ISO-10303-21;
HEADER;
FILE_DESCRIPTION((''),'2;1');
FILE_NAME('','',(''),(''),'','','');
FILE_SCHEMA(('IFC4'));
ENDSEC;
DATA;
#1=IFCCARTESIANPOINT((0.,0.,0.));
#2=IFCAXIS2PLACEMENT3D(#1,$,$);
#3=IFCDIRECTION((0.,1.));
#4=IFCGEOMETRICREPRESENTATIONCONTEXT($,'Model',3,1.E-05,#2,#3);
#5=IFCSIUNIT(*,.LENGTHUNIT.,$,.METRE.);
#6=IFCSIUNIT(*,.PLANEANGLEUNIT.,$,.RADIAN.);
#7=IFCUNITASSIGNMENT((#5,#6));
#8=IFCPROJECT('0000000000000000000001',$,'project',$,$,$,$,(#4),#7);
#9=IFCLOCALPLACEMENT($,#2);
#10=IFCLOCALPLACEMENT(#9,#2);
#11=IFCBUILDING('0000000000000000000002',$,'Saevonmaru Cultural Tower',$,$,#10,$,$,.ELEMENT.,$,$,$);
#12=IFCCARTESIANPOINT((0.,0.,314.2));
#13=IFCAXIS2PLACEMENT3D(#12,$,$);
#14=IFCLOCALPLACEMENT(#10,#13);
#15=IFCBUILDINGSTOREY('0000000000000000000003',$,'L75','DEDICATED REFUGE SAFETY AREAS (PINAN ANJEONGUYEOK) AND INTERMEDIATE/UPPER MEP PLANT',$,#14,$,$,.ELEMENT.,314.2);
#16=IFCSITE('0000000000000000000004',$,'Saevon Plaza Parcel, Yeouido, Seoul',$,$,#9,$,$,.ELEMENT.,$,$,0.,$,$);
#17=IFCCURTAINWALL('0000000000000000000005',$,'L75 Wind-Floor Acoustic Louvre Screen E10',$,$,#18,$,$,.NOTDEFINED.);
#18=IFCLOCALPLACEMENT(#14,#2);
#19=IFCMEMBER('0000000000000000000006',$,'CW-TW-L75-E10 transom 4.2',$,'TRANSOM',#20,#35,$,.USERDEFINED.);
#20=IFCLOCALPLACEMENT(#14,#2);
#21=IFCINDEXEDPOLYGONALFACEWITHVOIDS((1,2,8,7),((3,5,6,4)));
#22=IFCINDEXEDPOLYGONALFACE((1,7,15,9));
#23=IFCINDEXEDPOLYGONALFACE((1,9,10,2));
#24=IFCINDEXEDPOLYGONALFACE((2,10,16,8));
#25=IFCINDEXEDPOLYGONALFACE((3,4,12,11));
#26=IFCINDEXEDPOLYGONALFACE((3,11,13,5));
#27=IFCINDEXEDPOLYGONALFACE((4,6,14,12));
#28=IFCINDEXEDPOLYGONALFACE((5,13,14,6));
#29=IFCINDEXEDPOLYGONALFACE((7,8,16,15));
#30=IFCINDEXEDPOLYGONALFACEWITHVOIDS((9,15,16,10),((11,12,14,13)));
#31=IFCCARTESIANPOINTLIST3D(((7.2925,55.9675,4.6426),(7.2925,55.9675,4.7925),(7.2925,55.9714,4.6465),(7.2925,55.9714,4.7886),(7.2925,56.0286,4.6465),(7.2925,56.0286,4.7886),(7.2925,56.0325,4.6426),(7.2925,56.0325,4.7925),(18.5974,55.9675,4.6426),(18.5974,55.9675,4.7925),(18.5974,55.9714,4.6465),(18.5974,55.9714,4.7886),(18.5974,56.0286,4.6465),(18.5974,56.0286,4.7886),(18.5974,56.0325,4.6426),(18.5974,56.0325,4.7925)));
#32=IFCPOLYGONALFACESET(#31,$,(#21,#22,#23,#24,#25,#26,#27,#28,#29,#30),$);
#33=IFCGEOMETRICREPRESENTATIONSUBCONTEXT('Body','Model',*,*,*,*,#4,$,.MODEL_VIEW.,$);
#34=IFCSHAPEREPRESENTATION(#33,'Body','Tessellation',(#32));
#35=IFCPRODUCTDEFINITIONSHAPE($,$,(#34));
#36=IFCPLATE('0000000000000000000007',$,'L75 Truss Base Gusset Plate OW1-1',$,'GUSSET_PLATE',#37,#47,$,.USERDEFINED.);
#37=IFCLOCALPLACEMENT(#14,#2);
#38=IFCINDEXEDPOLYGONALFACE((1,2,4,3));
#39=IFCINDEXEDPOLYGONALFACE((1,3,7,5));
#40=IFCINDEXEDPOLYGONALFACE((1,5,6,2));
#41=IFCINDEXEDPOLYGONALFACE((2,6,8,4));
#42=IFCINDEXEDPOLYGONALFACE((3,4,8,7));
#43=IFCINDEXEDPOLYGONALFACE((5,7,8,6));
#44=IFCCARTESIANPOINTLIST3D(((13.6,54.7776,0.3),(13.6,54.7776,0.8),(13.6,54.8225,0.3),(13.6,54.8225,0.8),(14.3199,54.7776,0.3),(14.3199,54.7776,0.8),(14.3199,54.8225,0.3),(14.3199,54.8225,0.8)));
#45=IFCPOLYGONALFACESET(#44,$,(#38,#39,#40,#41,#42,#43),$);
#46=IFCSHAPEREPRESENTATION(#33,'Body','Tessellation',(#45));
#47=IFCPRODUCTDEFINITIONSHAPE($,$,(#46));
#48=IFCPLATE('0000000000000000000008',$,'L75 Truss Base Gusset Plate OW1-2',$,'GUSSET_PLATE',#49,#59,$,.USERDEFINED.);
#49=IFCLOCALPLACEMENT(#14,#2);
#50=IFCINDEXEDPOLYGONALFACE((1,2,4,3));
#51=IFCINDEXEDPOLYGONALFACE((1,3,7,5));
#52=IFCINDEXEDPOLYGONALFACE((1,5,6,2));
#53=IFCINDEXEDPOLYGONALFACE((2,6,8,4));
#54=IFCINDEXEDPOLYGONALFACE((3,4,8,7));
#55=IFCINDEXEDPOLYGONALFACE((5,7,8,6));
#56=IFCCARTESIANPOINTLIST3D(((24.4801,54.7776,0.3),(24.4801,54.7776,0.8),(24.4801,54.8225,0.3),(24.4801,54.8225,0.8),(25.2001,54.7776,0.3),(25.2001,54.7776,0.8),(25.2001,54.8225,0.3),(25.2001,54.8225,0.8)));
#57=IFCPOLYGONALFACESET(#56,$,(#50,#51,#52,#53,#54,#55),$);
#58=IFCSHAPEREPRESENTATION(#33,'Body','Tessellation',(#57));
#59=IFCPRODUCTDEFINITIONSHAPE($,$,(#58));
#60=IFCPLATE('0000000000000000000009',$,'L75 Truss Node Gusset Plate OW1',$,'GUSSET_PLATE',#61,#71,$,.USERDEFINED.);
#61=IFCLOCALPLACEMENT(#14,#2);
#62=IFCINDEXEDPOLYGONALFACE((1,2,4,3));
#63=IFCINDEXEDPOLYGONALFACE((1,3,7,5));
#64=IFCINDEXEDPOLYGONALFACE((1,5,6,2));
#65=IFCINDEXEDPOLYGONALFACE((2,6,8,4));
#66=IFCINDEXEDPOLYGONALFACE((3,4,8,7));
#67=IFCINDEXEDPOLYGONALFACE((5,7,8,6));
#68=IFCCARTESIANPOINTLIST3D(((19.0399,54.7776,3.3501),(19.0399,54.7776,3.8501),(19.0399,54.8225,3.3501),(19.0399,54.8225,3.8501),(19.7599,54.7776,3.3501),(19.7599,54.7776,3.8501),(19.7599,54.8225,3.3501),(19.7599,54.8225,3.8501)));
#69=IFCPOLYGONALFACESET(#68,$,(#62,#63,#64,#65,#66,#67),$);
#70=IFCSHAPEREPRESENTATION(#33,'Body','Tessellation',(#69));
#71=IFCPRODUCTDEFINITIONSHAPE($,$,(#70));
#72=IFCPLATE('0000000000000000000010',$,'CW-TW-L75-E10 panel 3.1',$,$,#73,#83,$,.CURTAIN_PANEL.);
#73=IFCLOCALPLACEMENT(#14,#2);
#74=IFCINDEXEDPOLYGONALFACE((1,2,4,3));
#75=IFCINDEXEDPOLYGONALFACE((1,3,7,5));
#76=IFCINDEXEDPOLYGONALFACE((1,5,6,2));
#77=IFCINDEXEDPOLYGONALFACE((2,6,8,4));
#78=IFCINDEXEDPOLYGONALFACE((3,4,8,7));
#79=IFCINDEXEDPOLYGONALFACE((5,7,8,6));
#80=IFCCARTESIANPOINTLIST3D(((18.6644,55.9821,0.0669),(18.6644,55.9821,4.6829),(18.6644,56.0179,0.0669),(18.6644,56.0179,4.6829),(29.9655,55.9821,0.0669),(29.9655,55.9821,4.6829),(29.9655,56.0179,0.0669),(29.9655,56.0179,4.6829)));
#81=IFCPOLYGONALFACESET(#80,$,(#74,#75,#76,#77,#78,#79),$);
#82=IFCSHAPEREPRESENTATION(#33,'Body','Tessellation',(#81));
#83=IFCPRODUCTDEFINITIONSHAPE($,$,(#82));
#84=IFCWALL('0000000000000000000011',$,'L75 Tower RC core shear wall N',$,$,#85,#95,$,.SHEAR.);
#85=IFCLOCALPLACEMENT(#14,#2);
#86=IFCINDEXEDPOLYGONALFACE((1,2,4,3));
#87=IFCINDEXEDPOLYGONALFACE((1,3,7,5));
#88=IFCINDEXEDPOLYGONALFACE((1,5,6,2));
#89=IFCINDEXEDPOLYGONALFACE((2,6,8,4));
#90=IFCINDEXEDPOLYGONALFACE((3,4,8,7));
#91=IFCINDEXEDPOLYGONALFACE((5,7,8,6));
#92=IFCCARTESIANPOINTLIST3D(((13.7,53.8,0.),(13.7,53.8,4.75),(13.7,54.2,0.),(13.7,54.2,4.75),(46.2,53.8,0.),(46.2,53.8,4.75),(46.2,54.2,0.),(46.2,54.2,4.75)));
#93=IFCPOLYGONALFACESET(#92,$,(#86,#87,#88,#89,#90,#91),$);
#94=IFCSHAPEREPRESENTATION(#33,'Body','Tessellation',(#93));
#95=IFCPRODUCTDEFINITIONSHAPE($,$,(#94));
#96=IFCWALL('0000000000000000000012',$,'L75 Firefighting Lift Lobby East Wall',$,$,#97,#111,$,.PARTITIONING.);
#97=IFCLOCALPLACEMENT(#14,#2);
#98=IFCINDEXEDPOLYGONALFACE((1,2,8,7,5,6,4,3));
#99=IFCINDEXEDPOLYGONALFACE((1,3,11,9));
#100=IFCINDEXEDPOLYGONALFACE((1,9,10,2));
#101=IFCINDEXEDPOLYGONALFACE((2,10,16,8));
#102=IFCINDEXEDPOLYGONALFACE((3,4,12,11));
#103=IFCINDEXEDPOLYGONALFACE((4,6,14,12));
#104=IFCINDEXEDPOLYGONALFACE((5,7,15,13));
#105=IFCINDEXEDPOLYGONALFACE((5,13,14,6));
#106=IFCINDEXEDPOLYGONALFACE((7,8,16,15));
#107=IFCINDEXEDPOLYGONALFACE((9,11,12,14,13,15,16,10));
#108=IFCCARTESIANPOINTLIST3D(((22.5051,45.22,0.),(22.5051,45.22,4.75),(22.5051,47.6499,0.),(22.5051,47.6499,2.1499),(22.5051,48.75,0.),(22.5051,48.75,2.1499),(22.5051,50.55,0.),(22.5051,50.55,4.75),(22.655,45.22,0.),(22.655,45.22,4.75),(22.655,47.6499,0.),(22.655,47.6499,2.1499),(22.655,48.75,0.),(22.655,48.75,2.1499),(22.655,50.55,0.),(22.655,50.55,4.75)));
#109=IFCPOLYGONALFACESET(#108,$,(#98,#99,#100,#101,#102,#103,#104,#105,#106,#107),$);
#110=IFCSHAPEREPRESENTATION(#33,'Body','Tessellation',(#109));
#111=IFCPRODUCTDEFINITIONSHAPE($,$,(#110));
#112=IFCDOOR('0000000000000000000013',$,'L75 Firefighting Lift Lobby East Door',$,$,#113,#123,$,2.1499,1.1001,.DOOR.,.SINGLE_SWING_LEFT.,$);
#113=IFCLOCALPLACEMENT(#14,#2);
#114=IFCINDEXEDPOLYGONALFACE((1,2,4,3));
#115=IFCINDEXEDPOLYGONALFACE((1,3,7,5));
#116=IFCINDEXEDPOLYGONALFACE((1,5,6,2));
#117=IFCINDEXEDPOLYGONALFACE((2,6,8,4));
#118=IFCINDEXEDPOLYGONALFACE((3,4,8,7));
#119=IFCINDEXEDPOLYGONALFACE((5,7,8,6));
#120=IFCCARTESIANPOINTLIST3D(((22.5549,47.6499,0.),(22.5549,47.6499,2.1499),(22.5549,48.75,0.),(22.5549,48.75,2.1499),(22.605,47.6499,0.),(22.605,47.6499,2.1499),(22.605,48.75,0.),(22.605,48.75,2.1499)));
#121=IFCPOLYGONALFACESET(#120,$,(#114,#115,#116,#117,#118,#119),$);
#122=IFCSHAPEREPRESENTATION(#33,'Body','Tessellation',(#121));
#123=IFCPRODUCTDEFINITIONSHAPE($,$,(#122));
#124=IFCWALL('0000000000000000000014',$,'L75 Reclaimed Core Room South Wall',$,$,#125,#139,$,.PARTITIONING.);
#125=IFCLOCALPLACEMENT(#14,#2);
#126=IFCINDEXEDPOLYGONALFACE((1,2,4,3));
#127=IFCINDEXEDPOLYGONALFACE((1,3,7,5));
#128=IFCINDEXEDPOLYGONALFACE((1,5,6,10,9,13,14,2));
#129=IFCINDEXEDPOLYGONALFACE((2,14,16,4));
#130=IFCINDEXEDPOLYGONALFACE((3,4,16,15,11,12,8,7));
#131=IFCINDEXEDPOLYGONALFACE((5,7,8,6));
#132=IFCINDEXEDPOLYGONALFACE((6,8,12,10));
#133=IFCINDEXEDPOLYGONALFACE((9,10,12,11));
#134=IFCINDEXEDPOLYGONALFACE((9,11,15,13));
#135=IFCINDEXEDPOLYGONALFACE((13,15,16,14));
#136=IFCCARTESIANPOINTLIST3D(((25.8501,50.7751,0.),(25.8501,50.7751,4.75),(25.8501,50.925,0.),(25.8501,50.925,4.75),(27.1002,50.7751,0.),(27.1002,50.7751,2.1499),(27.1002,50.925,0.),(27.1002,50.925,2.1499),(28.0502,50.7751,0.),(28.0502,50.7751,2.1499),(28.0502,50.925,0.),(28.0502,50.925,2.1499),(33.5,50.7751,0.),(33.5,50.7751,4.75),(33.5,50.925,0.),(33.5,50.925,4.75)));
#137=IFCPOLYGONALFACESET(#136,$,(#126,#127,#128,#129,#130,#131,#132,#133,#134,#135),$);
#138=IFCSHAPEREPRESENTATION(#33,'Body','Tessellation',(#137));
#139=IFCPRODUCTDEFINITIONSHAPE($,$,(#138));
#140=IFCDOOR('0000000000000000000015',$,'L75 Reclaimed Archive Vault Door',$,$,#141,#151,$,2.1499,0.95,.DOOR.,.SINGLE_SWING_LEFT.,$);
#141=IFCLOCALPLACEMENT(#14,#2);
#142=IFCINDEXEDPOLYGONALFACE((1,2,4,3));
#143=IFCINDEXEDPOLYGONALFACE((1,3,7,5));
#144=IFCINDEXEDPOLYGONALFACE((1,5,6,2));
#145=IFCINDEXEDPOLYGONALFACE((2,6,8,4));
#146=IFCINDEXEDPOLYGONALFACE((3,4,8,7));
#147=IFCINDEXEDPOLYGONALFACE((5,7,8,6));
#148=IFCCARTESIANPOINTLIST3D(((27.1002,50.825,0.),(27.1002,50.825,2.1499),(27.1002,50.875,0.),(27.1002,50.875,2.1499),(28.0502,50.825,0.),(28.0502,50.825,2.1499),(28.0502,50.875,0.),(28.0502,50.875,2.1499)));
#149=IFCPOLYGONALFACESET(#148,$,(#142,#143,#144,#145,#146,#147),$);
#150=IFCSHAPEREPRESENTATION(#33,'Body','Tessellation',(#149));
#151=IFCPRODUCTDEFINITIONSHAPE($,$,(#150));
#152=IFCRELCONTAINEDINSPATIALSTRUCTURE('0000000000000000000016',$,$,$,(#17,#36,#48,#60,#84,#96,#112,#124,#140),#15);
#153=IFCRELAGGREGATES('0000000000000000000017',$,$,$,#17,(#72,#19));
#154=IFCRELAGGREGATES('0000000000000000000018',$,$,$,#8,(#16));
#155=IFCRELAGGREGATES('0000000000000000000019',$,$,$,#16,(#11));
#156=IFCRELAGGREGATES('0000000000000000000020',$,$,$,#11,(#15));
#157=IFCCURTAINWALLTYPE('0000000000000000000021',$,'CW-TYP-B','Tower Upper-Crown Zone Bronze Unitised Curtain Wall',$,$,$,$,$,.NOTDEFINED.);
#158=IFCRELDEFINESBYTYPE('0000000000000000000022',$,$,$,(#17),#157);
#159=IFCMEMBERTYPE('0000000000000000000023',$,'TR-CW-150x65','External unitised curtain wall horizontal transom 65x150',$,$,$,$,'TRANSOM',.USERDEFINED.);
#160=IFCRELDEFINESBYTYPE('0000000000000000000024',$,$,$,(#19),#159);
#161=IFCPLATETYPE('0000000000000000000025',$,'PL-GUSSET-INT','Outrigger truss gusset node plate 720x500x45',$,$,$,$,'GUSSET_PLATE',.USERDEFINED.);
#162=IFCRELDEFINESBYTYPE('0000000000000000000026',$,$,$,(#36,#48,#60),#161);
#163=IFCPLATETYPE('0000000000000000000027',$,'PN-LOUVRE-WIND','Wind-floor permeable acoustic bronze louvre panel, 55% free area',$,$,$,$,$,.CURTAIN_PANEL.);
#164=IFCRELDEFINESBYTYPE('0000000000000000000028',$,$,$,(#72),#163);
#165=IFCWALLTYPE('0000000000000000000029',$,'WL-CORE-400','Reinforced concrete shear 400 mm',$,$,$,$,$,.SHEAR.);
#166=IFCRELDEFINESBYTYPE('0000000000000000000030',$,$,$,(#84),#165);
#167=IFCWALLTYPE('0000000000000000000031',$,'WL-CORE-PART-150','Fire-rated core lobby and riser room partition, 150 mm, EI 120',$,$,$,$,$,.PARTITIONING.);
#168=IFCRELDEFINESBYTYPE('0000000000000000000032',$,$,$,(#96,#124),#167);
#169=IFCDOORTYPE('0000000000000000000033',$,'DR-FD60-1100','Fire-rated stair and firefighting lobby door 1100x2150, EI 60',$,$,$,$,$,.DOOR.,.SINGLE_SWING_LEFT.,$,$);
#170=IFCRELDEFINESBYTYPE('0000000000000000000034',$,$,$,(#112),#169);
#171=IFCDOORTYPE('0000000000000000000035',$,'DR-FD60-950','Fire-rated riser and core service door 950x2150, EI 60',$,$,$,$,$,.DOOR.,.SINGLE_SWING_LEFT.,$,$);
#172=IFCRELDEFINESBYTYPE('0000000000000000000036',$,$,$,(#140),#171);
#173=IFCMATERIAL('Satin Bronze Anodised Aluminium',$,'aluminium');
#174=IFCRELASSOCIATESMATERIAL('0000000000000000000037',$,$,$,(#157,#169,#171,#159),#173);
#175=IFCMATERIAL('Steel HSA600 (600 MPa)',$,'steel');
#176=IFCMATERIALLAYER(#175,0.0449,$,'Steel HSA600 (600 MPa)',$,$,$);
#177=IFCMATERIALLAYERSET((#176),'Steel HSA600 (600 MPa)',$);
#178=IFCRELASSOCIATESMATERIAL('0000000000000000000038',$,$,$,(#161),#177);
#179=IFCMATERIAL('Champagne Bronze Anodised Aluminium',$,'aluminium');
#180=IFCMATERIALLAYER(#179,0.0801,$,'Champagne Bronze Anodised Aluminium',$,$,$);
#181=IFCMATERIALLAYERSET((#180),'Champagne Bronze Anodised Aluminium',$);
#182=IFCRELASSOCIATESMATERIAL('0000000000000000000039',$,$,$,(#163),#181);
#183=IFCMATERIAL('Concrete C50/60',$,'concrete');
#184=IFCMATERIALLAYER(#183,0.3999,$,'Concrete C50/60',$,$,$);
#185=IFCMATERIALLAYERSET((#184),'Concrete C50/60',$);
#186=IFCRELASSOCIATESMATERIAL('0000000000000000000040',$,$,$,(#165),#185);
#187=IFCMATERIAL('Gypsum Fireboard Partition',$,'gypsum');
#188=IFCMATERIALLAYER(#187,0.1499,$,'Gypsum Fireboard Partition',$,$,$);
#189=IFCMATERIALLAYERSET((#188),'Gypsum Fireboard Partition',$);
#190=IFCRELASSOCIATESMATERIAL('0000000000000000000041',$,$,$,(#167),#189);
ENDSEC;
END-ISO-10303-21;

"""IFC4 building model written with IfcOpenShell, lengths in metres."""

from ifc_helpers import new_model, si_unit, direction, frame, frame_2d, origin, origin_2d, place, context, subcontext, project, spatial, rectangle, hollow_rectangle, extrude, material, layer, layer_set, material_profile, profile_set, type_object, element, fill, aggregate, save


model = new_model("IFC4")

# Units and contexts
model_context = context("Model", 3, precision=1e-05, world=origin(), true_north=direction((0.0, 1.0)))
body_context = subcontext(model_context, "Body", "Model", "MODEL_VIEW")
ifc_project = project(units=[si_unit("LENGTHUNIT", "METRE"), si_unit("PLANEANGLEUNIT", "RADIAN")], contexts=[model_context])

# Site, building, storey
site_placement = place(None, origin())
site = spatial("IfcSite", under=ifc_project, at=site_placement, Name="Saevon Plaza Parcel, Yeouido, Seoul", CompositionType="ELEMENT", RefElevation=0.0)
building_placement = place(site_placement, origin())
building = spatial("IfcBuilding", under=site, at=building_placement, Name="Saevonmaru Cultural Tower", CompositionType="ELEMENT")
storey_placement = place(building_placement, frame((0.0, 0.0, 314.2)))
storey = spatial("IfcBuildingStorey", under=building, at=storey_placement, Name="L75", Description="DEDICATED REFUGE SAFETY AREAS (PINAN ANJEONGUYEOK) AND INTERMEDIATE/UPPER MEP PLANT", CompositionType="ELEMENT", Elevation=314.2)

# Curtain wall, member
ifc_material_1 = material(Name="Satin Bronze Anodised Aluminium", Category="aluminium")
curtain_wall_type = type_object("IfcCurtainWallType", Name="CW-TYP-B", Description="Tower Upper-Crown Zone Bronze Unitised Curtain Wall", PredefinedType="NOTDEFINED", material=ifc_material_1)
curtain_wall_placement = place(storey_placement, origin())
curtain_wall = element("IfcCurtainWall", 1, at=curtain_wall_placement, inside=storey, type_object=curtain_wall_type, Name="L75 Wind-Floor Acoustic Louvre Screen E10", PredefinedType="NOTDEFINED")
ifc_material_profile_1 = material_profile(ifc_material_1, hollow_rectangle(XDim=0.0649, YDim=0.1499, WallThickness=0.0039, at=origin_2d()), Name="ALU-TRAN-150x65x4")
ifc_profile_set_1 = profile_set([ifc_material_profile_1], Name="Satin Bronze Anodised Aluminium")
member_type_1 = type_object("IfcMemberType", Name="TR-CW-150x65", Description="External unitised curtain wall horizontal transom 65x150", ElementType="TRANSOM", PredefinedType="USERDEFINED", material=ifc_profile_set_1)
member_1_placement = place(storey_placement, frame((18.5974, 56.0, 4.7175), z_axis=(-1.0, 0.0, 0.0), x_axis=(0.0, -1.0, 0.0)))
member_1 = element("IfcMember", 2, at=member_1_placement, type_object=member_type_1, Name="CW-TW-L75-E10 transom 4.2", ObjectType="TRANSOM", PredefinedType="USERDEFINED", context=body_context, shape_type="SweptSolid", body=[
    extrude(hollow_rectangle(XDim=0.0649, YDim=0.1499, WallThickness=0.0039, at=origin_2d()), origin(), (0.0, 0.0, 1.0), 11.3049),
])

# Plates
ifc_material_2 = material(Name="Steel HSA600 (600 MPa)", Category="steel")
ifc_layer_1 = layer(ifc_material_2, 0.0449, Name="Steel HSA600 (600 MPa)")
ifc_layer_set_1 = layer_set([ifc_layer_1], Name="Steel HSA600 (600 MPa)")
plate_type_1 = type_object("IfcPlateType", Name="PL-GUSSET-INT", Description="Outrigger truss gusset node plate 720x500x45", ElementType="GUSSET_PLATE", PredefinedType="USERDEFINED", material=ifc_layer_set_1)
for number, where, z_axis, x_axis, name in (
    (3, (13.96, 54.8, 0.3), (0.0, 0.0, 1.0), (1.0, 0.0, 0.0), "L75 Truss Base Gusset Plate OW1-1"),
    (4, (24.8401, 54.8, 0.3), (0.0, 0.0, 1.0), (1.0, 0.0, 0.0), "L75 Truss Base Gusset Plate OW1-2"),
    (5, (19.3999, 54.8, 3.3501), (0.0, 0.0, 1.0), (1.0, 0.0, 0.0), "L75 Truss Node Gusset Plate OW1"),
):
    element("IfcPlate", number, at=place(storey_placement, frame(where, z_axis=z_axis, x_axis=x_axis)), inside=storey, type_object=plate_type_1, Name=name, ObjectType="GUSSET_PLATE", PredefinedType="USERDEFINED", context=body_context, shape_type="SweptSolid", body=[
        extrude(rectangle(XDim=0.72, YDim=0.0449, at=origin_2d()), origin(), (0.0, 0.0, 1.0), 0.5),
    ])

# Plate
ifc_material_3 = material(Name="Champagne Bronze Anodised Aluminium", Category="aluminium")
ifc_layer_2 = layer(ifc_material_3, 0.0801, Name="Champagne Bronze Anodised Aluminium")
ifc_layer_set_2 = layer_set([ifc_layer_2], Name="Champagne Bronze Anodised Aluminium")
plate_type_2 = type_object("IfcPlateType", Name="PN-LOUVRE-WIND", Description="Wind-floor permeable acoustic bronze louvre panel, 55% free area", PredefinedType="CURTAIN_PANEL", material=ifc_layer_set_2)
plate_placement = place(storey_placement, frame((24.3149, 56.0, 0.0669), z_axis=(0.0, 0.0, 1.0), x_axis=(-1.0, 0.0, 0.0)))
plate = element("IfcPlate", 6, at=plate_placement, type_object=plate_type_2, Name="CW-TW-L75-E10 panel 3.1", PredefinedType="CURTAIN_PANEL", context=body_context, shape_type="SweptSolid", body=[
    extrude(rectangle(XDim=11.301, YDim=0.0359, at=origin_2d()), origin(), (0.0, 0.0, 1.0), 4.616),
])
aggregate(curtain_wall, [plate, member_1])

# Wall
ifc_material_4 = material(Name="Concrete C50/60", Category="concrete")
ifc_layer_3 = layer(ifc_material_4, 0.3999, Name="Concrete C50/60")
ifc_layer_set_3 = layer_set([ifc_layer_3], Name="Concrete C50/60")
wall_type_1 = type_object("IfcWallType", Name="WL-CORE-400", Description="Reinforced concrete shear 400 mm", PredefinedType="SHEAR", material=ifc_layer_set_3)
wall_1_placement = place(storey_placement, frame((13.7, 54.0, 0.0), z_axis=(0.0, 0.0, 1.0), x_axis=(1.0, 0.0, 0.0)))
element("IfcWall", 7, at=wall_1_placement, inside=storey, type_object=wall_type_1, Name="L75 Tower RC core shear wall N", PredefinedType="SHEAR", context=body_context, shape_type="SweptSolid", body=[
    extrude(rectangle(XDim=32.5, YDim=0.3999, at=frame_2d((16.25, 0.0))), origin(), (0.0, 0.0, 1.0), 4.75),
])

# Walls, openings, doors
ifc_material_5 = material(Name="Gypsum Fireboard Partition", Category="gypsum")
ifc_layer_4 = layer(ifc_material_5, 0.1499, Name="Gypsum Fireboard Partition")
ifc_layer_set_4 = layer_set([ifc_layer_4], Name="Gypsum Fireboard Partition")
wall_type_2 = type_object("IfcWallType", Name="WL-CORE-PART-150", Description="Fire-rated core lobby and riser room partition, 150 mm, EI 120", PredefinedType="PARTITIONING", material=ifc_layer_set_4)
wall_2_placement = place(storey_placement, frame((22.5801, 50.55, 0.0), z_axis=(0.0, 0.0, 1.0), x_axis=(0.0, -1.0, 0.0)))
wall_2 = element("IfcWall", 8, at=wall_2_placement, inside=storey, type_object=wall_type_2, Name="L75 Firefighting Lift Lobby East Wall", PredefinedType="PARTITIONING", context=body_context, shape_type="SweptSolid", body=[
    extrude(rectangle(XDim=5.3301, YDim=0.1499, at=frame_2d((2.665, 0.0))), origin(), (0.0, 0.0, 1.0), 4.75),
])
opening_1_placement = place(wall_2_placement, frame((1.8, 0.0, 0.0)))
opening_1 = element("IfcOpeningElement", 9, at=opening_1_placement, cuts=wall_2, PredefinedType="OPENING", context=body_context, shape_type="SweptSolid", body=[
    extrude(rectangle(XDim=1.1001, YDim=2.1499, at=frame_2d((0.55, 1.075))), frame((0.0, 0.085, 0.0), z_axis=(0.0, -1.0, 0.0), x_axis=(1.0, 0.0, 0.0)), (0.0, 0.0, 1.0), 0.1699),
])
door_type_1 = type_object("IfcDoorType", Name="DR-FD60-1100", Description="Fire-rated stair and firefighting lobby door 1100x2150, EI 60", OperationType="SINGLE_SWING_LEFT", PredefinedType="DOOR", material=ifc_material_1)
door_1_placement = place(opening_1_placement, origin())
door_1 = element("IfcDoor", 10, at=door_1_placement, inside=storey, type_object=door_type_1, Name="L75 Firefighting Lift Lobby East Door", OperationType="SINGLE_SWING_LEFT", OverallHeight=2.1499, OverallWidth=1.1001, PredefinedType="DOOR", context=body_context, shape_type="SweptSolid", body=[
    extrude(rectangle(XDim=1.1001, YDim=2.1499, at=frame_2d((0.55, 1.075))), frame((0.0, 0.0249, 0.0), z_axis=(0.0, -1.0, 0.0), x_axis=(1.0, 0.0, 0.0)), (0.0, 0.0, 1.0), 0.05),
])
fill(opening_1, door_1)
wall_3_placement = place(storey_placement, frame((25.8501, 50.8501, 0.0), z_axis=(0.0, 0.0, 1.0), x_axis=(1.0, 0.0, 0.0)))
wall_3 = element("IfcWall", 11, at=wall_3_placement, inside=storey, type_object=wall_type_2, Name="L75 Reclaimed Core Room South Wall", PredefinedType="PARTITIONING", context=body_context, shape_type="SweptSolid", body=[
    extrude(rectangle(XDim=7.6499, YDim=0.1499, at=frame_2d((3.825, 0.0))), origin(), (0.0, 0.0, 1.0), 4.75),
])
opening_2_placement = place(wall_3_placement, frame((1.25, 0.0, 0.0)))
opening_2 = element("IfcOpeningElement", 12, at=opening_2_placement, cuts=wall_3, PredefinedType="OPENING", context=body_context, shape_type="SweptSolid", body=[
    extrude(rectangle(XDim=0.95, YDim=2.1499, at=frame_2d((0.4751, 1.075))), frame((0.0, 0.085, 0.0), z_axis=(0.0, -1.0, 0.0), x_axis=(1.0, 0.0, 0.0)), (0.0, 0.0, 1.0), 0.1699),
])
door_type_2 = type_object("IfcDoorType", Name="DR-FD60-950", Description="Fire-rated riser and core service door 950x2150, EI 60", OperationType="SINGLE_SWING_LEFT", PredefinedType="DOOR", material=ifc_material_1)
door_2_placement = place(opening_2_placement, origin())
door_2 = element("IfcDoor", 13, at=door_2_placement, inside=storey, type_object=door_type_2, Name="L75 Reclaimed Archive Vault Door", OperationType="SINGLE_SWING_LEFT", OverallHeight=2.1499, OverallWidth=0.95, PredefinedType="DOOR", context=body_context, shape_type="SweptSolid", body=[
    extrude(rectangle(XDim=0.95, YDim=2.1499, at=frame_2d((0.4751, 1.075))), frame((0.0, 0.0249, 0.0), z_axis=(0.0, -1.0, 0.0), x_axis=(1.0, 0.0, 0.0)), (0.0, 0.0, 1.0), 0.05),
])
fill(opening_2, door_2)

save(model, "model.ifc")
